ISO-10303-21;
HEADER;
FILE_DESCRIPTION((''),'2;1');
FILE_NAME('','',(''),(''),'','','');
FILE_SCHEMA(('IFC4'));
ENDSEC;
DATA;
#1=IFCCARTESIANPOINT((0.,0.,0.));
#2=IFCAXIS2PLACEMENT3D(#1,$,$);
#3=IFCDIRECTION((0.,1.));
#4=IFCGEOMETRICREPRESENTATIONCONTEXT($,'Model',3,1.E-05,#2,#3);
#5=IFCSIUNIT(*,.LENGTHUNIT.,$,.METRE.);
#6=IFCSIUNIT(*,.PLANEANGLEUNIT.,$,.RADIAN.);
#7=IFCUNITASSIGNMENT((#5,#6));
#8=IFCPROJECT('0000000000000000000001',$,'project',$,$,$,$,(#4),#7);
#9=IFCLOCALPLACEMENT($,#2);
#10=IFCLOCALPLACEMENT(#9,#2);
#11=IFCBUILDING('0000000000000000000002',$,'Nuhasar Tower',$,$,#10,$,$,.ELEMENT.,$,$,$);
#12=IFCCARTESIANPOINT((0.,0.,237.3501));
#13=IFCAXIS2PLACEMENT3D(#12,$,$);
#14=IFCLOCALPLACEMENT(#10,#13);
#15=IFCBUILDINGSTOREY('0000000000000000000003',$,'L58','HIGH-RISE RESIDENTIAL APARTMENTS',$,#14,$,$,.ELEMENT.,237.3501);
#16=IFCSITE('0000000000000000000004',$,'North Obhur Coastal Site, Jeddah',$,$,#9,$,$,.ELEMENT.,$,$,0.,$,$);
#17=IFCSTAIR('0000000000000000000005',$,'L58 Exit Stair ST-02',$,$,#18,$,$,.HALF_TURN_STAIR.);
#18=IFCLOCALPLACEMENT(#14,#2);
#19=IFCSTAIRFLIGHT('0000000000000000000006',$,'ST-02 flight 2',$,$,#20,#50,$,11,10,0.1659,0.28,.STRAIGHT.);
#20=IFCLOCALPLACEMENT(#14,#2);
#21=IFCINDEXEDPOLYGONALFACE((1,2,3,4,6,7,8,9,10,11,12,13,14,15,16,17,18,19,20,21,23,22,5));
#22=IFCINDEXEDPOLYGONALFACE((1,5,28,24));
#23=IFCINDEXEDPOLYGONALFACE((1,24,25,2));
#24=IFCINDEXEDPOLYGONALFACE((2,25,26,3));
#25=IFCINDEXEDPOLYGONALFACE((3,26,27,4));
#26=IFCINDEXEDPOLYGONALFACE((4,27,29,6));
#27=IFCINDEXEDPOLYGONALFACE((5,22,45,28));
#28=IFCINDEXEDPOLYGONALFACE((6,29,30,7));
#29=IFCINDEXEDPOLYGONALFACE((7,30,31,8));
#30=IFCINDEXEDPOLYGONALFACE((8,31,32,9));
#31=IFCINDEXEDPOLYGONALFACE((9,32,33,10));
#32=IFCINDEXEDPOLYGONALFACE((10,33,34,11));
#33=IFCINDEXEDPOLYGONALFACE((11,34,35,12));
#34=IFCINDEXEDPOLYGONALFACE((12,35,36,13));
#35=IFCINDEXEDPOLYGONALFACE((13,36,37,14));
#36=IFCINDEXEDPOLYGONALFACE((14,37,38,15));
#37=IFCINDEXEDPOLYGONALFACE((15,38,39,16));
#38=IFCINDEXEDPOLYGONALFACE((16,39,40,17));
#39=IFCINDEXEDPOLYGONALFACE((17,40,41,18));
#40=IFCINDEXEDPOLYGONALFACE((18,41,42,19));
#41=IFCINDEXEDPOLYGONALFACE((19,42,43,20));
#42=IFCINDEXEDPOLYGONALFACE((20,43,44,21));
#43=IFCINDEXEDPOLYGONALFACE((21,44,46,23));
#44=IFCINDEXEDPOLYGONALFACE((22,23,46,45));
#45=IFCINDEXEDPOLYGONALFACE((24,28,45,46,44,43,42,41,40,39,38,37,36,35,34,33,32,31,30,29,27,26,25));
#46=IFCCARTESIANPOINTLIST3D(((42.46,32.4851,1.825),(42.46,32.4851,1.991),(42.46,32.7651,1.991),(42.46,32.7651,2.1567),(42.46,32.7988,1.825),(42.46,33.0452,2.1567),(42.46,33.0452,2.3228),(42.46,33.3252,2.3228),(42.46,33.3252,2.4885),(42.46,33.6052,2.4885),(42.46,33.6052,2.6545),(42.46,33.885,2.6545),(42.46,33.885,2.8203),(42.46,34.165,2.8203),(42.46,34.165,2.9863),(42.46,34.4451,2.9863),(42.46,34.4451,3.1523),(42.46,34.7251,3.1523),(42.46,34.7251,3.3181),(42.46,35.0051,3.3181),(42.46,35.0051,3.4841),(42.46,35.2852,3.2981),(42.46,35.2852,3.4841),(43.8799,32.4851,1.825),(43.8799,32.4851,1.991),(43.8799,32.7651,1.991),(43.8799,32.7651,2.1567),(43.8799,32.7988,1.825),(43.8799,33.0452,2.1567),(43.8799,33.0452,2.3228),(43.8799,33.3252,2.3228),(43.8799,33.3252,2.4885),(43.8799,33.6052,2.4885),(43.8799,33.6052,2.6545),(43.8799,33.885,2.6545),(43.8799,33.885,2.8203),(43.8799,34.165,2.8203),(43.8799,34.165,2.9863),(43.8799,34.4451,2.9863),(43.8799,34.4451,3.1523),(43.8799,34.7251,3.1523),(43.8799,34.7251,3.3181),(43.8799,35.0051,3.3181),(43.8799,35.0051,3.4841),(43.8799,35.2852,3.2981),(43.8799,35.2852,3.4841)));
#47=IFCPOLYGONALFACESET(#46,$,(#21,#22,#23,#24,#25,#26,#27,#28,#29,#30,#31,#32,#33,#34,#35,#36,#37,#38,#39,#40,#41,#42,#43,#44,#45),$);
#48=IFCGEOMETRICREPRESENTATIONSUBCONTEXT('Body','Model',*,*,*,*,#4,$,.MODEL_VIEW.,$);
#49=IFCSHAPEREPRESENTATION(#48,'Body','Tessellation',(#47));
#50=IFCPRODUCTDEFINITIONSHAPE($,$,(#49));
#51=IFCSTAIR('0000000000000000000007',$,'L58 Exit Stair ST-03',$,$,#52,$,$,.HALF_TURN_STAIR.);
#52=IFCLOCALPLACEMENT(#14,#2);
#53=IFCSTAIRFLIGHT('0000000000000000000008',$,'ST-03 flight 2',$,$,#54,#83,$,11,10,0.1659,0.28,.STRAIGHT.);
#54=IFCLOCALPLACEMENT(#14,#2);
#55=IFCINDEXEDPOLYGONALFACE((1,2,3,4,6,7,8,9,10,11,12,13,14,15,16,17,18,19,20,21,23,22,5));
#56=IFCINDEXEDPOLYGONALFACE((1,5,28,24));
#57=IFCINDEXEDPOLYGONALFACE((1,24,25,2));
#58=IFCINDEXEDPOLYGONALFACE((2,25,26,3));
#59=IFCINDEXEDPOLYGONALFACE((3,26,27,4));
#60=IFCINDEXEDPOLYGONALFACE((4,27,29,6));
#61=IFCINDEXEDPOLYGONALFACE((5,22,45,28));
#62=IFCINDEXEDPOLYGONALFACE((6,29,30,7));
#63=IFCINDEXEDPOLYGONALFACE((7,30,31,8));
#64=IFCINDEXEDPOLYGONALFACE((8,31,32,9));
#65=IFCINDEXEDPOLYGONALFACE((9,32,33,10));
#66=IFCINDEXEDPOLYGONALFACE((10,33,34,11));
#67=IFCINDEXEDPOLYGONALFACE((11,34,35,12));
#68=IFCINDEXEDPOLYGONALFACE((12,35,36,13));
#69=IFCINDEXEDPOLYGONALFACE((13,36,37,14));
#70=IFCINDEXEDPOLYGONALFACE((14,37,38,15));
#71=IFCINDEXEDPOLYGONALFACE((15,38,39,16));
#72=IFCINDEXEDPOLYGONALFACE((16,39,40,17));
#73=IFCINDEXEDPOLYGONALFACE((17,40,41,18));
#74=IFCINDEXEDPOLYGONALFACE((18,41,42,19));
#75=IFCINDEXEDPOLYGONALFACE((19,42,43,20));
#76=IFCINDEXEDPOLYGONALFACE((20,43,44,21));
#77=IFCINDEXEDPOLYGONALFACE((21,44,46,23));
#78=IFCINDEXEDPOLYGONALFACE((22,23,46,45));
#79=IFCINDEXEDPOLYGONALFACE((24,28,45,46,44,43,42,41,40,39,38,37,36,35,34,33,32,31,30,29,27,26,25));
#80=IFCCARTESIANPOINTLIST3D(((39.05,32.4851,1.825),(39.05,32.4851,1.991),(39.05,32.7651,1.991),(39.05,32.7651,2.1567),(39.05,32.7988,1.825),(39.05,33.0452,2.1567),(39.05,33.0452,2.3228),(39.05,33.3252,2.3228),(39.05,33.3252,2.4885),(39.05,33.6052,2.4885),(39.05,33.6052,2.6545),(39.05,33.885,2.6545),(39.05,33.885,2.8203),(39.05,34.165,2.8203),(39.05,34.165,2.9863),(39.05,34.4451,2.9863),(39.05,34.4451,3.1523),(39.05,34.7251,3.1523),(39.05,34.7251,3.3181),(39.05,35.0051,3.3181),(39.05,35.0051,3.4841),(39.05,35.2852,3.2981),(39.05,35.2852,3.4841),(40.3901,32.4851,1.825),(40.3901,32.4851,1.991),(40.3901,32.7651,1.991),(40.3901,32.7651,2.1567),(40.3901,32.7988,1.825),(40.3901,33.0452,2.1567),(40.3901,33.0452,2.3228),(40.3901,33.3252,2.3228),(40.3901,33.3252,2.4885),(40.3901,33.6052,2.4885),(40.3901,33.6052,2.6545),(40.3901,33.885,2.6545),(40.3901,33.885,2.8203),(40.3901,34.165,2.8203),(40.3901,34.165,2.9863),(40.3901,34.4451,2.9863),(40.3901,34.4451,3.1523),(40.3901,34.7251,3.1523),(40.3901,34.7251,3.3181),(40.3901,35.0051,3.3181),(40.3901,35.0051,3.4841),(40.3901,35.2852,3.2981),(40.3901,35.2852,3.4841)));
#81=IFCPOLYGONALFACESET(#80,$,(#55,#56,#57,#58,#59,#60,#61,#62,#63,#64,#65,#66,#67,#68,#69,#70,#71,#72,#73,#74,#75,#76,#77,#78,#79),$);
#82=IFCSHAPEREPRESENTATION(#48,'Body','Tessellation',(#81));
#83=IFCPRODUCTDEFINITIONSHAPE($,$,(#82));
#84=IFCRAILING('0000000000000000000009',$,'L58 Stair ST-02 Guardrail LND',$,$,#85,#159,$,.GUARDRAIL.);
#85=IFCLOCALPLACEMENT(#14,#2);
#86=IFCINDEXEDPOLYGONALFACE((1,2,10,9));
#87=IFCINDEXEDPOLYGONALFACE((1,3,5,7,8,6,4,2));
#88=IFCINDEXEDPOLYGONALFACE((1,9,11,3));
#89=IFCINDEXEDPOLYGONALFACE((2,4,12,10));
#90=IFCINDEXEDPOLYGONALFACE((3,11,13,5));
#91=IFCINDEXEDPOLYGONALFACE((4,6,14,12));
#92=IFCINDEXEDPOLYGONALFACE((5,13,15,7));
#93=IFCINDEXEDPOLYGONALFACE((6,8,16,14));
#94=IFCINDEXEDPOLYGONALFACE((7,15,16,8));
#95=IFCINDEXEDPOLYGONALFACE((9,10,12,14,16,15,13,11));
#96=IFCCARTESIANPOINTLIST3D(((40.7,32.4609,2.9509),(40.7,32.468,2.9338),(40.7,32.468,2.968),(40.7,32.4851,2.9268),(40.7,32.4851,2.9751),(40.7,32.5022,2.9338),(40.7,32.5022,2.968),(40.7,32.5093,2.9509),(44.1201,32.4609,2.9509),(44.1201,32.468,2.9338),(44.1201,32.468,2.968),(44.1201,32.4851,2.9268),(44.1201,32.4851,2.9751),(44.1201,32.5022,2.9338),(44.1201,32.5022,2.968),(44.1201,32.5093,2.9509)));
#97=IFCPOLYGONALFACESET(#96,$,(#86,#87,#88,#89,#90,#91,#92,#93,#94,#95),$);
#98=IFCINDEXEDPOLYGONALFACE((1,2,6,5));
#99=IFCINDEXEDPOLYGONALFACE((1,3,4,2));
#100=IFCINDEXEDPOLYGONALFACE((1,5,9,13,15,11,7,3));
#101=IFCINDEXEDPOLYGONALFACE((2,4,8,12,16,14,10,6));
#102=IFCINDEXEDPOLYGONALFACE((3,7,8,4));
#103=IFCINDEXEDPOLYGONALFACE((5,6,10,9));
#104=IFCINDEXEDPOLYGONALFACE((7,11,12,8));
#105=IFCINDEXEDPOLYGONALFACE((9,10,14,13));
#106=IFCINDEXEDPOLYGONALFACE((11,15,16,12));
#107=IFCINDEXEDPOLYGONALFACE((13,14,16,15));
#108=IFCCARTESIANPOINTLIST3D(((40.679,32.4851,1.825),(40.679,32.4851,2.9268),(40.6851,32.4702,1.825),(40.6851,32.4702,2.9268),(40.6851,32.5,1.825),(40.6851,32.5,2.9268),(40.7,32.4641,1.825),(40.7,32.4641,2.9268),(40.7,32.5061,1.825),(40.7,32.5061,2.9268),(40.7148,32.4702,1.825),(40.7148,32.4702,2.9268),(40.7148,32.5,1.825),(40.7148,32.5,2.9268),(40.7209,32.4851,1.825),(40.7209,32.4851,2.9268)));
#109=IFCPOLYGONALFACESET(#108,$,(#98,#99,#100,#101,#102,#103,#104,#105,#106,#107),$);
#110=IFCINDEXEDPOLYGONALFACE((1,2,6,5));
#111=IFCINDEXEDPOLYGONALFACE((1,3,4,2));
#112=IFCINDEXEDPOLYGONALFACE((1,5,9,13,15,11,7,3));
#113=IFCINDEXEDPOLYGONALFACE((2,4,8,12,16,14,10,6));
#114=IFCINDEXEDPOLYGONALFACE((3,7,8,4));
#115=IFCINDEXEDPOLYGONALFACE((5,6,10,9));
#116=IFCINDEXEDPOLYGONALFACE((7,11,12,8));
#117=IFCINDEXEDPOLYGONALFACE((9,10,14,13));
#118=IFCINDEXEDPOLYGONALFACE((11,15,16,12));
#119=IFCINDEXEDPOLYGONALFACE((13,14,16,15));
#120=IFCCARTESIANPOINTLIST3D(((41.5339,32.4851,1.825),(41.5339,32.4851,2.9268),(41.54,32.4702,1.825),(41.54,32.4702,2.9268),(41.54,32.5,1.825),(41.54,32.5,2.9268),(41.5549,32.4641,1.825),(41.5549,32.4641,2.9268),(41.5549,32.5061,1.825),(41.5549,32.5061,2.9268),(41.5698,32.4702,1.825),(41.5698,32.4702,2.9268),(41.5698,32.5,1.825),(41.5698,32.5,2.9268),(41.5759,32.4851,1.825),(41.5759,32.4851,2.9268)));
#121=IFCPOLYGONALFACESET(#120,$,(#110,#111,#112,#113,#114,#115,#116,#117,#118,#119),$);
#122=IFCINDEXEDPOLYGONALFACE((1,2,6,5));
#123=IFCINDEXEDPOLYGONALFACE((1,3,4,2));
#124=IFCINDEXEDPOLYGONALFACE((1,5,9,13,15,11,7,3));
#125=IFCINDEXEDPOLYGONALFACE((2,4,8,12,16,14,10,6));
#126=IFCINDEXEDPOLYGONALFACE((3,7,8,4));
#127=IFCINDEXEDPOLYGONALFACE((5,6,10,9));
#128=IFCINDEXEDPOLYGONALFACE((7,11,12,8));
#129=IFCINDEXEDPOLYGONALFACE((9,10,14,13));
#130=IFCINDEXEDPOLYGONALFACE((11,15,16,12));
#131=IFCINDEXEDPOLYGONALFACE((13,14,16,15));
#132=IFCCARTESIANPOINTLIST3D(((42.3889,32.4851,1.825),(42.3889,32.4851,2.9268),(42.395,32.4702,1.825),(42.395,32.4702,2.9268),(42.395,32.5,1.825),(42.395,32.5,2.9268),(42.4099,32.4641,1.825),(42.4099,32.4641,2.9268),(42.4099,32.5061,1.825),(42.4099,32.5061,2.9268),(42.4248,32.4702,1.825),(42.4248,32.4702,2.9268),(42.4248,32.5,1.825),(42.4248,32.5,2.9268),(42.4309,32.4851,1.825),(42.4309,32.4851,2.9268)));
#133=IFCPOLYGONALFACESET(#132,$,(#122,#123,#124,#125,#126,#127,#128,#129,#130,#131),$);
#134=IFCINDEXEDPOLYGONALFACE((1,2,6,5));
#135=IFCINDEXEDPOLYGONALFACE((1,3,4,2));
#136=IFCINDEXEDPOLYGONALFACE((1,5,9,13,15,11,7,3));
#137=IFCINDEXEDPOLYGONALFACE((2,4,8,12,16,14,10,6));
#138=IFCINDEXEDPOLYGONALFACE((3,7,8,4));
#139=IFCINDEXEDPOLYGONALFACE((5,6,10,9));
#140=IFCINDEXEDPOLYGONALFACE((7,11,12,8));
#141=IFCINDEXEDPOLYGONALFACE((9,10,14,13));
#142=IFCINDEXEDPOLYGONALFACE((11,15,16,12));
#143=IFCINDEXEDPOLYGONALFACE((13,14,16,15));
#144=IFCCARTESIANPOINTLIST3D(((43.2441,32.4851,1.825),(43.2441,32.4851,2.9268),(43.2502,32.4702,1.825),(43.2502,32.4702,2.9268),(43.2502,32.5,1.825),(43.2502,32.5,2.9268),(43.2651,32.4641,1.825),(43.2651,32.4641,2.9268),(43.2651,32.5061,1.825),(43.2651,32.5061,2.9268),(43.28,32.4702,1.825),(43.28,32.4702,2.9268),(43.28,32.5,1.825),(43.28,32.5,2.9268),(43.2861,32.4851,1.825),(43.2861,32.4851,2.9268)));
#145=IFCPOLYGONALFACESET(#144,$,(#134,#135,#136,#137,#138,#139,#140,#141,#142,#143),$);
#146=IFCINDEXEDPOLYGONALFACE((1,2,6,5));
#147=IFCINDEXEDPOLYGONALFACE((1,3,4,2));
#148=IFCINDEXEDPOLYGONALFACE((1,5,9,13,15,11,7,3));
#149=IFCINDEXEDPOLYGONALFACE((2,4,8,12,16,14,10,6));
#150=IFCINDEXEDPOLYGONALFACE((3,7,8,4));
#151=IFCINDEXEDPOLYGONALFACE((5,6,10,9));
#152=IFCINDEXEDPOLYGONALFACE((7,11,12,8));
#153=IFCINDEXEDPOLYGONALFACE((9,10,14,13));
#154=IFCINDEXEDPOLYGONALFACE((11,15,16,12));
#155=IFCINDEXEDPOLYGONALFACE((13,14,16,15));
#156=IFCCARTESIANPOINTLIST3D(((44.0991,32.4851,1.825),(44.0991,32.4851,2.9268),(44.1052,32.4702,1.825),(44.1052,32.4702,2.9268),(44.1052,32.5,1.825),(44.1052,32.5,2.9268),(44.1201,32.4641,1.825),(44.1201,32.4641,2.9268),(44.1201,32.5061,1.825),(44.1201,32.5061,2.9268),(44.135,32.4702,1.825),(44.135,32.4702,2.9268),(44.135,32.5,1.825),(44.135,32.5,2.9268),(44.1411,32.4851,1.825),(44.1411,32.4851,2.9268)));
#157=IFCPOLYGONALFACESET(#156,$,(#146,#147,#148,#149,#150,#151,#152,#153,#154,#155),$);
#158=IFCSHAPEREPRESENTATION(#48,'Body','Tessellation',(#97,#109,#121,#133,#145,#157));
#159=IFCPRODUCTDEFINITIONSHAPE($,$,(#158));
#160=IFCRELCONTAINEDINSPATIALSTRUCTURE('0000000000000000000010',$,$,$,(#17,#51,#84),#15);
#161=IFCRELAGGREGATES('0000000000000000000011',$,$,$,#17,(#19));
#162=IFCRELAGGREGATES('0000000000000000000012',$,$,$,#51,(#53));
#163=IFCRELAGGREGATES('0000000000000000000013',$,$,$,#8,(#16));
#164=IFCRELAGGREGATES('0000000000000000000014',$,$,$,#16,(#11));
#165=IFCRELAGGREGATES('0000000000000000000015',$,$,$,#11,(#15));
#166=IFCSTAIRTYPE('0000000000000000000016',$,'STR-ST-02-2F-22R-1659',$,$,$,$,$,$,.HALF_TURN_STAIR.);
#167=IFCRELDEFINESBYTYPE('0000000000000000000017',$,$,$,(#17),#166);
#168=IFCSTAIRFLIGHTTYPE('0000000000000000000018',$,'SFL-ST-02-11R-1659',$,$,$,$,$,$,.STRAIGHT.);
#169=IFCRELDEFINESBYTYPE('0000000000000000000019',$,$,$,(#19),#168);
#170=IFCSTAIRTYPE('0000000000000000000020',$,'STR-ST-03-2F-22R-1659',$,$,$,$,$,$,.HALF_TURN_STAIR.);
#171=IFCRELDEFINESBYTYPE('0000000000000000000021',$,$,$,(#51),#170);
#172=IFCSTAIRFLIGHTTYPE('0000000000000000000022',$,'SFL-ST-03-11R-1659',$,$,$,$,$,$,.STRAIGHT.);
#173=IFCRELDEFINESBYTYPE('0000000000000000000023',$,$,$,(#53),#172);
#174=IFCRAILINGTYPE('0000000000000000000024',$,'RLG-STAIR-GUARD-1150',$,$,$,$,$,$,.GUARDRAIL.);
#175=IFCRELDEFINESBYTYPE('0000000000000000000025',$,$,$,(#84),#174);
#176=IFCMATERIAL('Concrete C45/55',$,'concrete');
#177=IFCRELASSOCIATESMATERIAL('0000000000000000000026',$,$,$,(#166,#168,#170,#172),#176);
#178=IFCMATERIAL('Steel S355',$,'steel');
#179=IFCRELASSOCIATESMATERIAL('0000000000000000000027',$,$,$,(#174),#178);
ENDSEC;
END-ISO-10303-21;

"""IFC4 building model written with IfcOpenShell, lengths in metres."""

from ifc_helpers import new_model, si_unit, direction, frame, origin, place, context, subcontext, project, spatial, polyline, outline, extrude, material, type_object, element, aggregate, save


model = new_model("IFC4")

# Units and contexts
model_context = context("Model", 3, precision=1e-05, world=origin(), true_north=direction((0.0, 1.0)))
body_context = subcontext(model_context, "Body", "Model", "MODEL_VIEW")
ifc_project = project(units=[si_unit("LENGTHUNIT", "METRE"), si_unit("PLANEANGLEUNIT", "RADIAN")], contexts=[model_context])

# Site, building, storey
site_placement = place(None, origin())
site = spatial("IfcSite", under=ifc_project, at=site_placement, Name="North Obhur Coastal Site, Jeddah", CompositionType="ELEMENT", RefElevation=0.0)
building_placement = place(site_placement, origin())
building = spatial("IfcBuilding", under=site, at=building_placement, Name="Nuhasar Tower", CompositionType="ELEMENT")
storey_placement = place(building_placement, frame((0.0, 0.0, 237.3501)))
storey = spatial("IfcBuildingStorey", under=building, at=storey_placement, Name="L58", Description="HIGH-RISE RESIDENTIAL APARTMENTS", CompositionType="ELEMENT", Elevation=237.3501)

# Shared definitions
ifc_material_1 = material(Name="Steel S355", Category="steel")

# Shared definitions
ifc_material_2 = material(Name="Concrete C45/55", Category="concrete")

# Stair, stair flight
stair_type_1 = type_object("IfcStairType", Name="STR-ST-02-2F-22R-1659", PredefinedType="HALF_TURN_STAIR", material=ifc_material_2)
stair_1_placement = place(storey_placement, origin())
stair_1 = element("IfcStair", 1, at=stair_1_placement, inside=storey, type_object=stair_type_1, Name="L58 Exit Stair ST-02", PredefinedType="HALF_TURN_STAIR")
stair_flight_type_1 = type_object("IfcStairFlightType", Name="SFL-ST-02-11R-1659", PredefinedType="STRAIGHT", material=ifc_material_2)
stair_flight_1_placement = place(storey_placement, frame((43.1699, 32.4851, 1.825), z_axis=(0.0, 0.0, 1.0), x_axis=(0.0, 1.0, 0.0)))
stair_flight_1 = element("IfcStairFlight", 2, at=stair_flight_1_placement, type_object=stair_flight_type_1, Name="ST-02 flight 2", NumberOfRisers=11, NumberOfTreads=10, PredefinedType="STRAIGHT", RiserHeight=0.1659, TreadLength=0.28, context=body_context, shape_type="SweptSolid", body=[
    extrude(outline(polyline([(0.0, 0.0), (0.0, 0.166), (0.28, 0.166), (0.28, 0.3318), (0.5601, 0.3318), (0.5601, 0.4978), (0.8401, 0.4978), (0.8401, 0.6636), (1.1201, 0.6636), (1.1201, 0.8296), (1.3999, 0.8296), (1.3999, 0.9954), (1.6799, 0.9954), (1.6799, 1.1614), (1.96, 1.1614), (1.96, 1.3274), (2.24, 1.3274), (2.24, 1.4932), (2.52, 1.4932), (2.52, 1.6592), (2.8, 1.6592), (2.8, 1.825), (2.8, 1.4731), (0.3137, 0.0), (0.0, 0.0)])), frame((0.0, 0.71, 0.0), z_axis=(0.0, -1.0, 0.0), x_axis=(1.0, 0.0, 0.0)), (0.0, 0.0, 1.0), 1.4199),
])
aggregate(stair_1, [stair_flight_1])

# Stair, stair flight
stair_type_2 = type_object("IfcStairType", Name="STR-ST-03-2F-22R-1659", PredefinedType="HALF_TURN_STAIR", material=ifc_material_2)
stair_2_placement = place(storey_placement, origin())
stair_2 = element("IfcStair", 3, at=stair_2_placement, inside=storey, type_object=stair_type_2, Name="L58 Exit Stair ST-03", PredefinedType="HALF_TURN_STAIR")
stair_flight_type_2 = type_object("IfcStairFlightType", Name="SFL-ST-03-11R-1659", PredefinedType="STRAIGHT", material=ifc_material_2)
stair_flight_2_placement = place(storey_placement, frame((39.72, 32.4851, 1.825), z_axis=(0.0, 0.0, 1.0), x_axis=(0.0, 1.0, 0.0)))
stair_flight_2 = element("IfcStairFlight", 4, at=stair_flight_2_placement, type_object=stair_flight_type_2, Name="ST-03 flight 2", NumberOfRisers=11, NumberOfTreads=10, PredefinedType="STRAIGHT", RiserHeight=0.1659, TreadLength=0.28, context=body_context, shape_type="SweptSolid", body=[
    extrude(outline(polyline([(0.0, 0.0), (0.0, 0.166), (0.28, 0.166), (0.28, 0.3318), (0.5601, 0.3318), (0.5601, 0.4978), (0.8401, 0.4978), (0.8401, 0.6636), (1.1201, 0.6636), (1.1201, 0.8296), (1.3999, 0.8296), (1.3999, 0.9954), (1.6799, 0.9954), (1.6799, 1.1614), (1.96, 1.1614), (1.96, 1.3274), (2.24, 1.3274), (2.24, 1.4932), (2.52, 1.4932), (2.52, 1.6592), (2.8, 1.6592), (2.8, 1.825), (2.8, 1.4731), (0.3137, 0.0), (0.0, 0.0)])), frame((0.0, 0.6699, 0.0), z_axis=(0.0, -1.0, 0.0), x_axis=(1.0, 0.0, 0.0)), (0.0, 0.0, 1.0), 1.3401),
])
aggregate(stair_2, [stair_flight_2])

# Railing
railing_type_1 = type_object("IfcRailingType", Name="RLG-STAIR-GUARD-1150", PredefinedType="GUARDRAIL", material=ifc_material_1)
railing_1_placement = place(storey_placement, frame((40.7, 32.4851, 1.825)))
element("IfcRailing", 5, at=railing_1_placement, inside=storey, type_object=railing_type_1, Name="L58 Stair ST-02 Guardrail LND", PredefinedType="GUARDRAIL", context=body_context, shape_type="SweptSolid", body=[
    extrude(outline(polyline([(0.0242, 0.0), (0.0171, 0.0171), (0.0, 0.0242), (-0.0171, 0.0171), (-0.0242, 0.0), (-0.0171, -0.0171), (0.0, -0.0242), (0.0171, -0.0171), (0.0242, 0.0)])), frame((0.0, 0.0, 1.126), z_axis=(1.0, 0.0, 0.0), x_axis=(0.0, 1.0, 0.0)), (0.0, 0.0, 1.0), 3.4202),
    extrude(outline(polyline([(0.021, 0.0), (0.0149, 0.0149), (0.0, 0.021), (-0.0149, 0.0149), (-0.021, 0.0), (-0.0149, -0.0149), (0.0, -0.021), (0.0149, -0.0149), (0.021, 0.0)])), origin(), (0.0, 0.0, 1.0), 1.1018),
    extrude(outline(polyline([(0.021, 0.0), (0.0149, 0.0149), (0.0, 0.021), (-0.0149, 0.0149), (-0.021, 0.0), (-0.0149, -0.0149), (0.0, -0.021), (0.0149, -0.0149), (0.021, 0.0)])), frame((0.855, 0.0, 0.0)), (0.0, 0.0, 1.0), 1.1018),
    extrude(outline(polyline([(0.021, 0.0), (0.0149, 0.0149), (0.0, 0.021), (-0.0149, 0.0149), (-0.021, 0.0), (-0.0149, -0.0149), (0.0, -0.021), (0.0149, -0.0149), (0.021, 0.0)])), frame((1.71, 0.0, 0.0)), (0.0, 0.0, 1.0), 1.1018),
    extrude(outline(polyline([(0.021, 0.0), (0.0149, 0.0149), (0.0, 0.021), (-0.0149, 0.0149), (-0.021, 0.0), (-0.0149, -0.0149), (0.0, -0.021), (0.0149, -0.0149), (0.021, 0.0)])), frame((2.5652, 0.0, 0.0)), (0.0, 0.0, 1.0), 1.1018),
    extrude(outline(polyline([(0.021, 0.0), (0.0149, 0.0149), (0.0, 0.021), (-0.0149, 0.0149), (-0.021, 0.0), (-0.0149, -0.0149), (0.0, -0.021), (0.0149, -0.0149), (0.021, 0.0)])), frame((3.4202, 0.0, 0.0)), (0.0, 0.0, 1.0), 1.1018),
])

save(model, "model.ifc")
